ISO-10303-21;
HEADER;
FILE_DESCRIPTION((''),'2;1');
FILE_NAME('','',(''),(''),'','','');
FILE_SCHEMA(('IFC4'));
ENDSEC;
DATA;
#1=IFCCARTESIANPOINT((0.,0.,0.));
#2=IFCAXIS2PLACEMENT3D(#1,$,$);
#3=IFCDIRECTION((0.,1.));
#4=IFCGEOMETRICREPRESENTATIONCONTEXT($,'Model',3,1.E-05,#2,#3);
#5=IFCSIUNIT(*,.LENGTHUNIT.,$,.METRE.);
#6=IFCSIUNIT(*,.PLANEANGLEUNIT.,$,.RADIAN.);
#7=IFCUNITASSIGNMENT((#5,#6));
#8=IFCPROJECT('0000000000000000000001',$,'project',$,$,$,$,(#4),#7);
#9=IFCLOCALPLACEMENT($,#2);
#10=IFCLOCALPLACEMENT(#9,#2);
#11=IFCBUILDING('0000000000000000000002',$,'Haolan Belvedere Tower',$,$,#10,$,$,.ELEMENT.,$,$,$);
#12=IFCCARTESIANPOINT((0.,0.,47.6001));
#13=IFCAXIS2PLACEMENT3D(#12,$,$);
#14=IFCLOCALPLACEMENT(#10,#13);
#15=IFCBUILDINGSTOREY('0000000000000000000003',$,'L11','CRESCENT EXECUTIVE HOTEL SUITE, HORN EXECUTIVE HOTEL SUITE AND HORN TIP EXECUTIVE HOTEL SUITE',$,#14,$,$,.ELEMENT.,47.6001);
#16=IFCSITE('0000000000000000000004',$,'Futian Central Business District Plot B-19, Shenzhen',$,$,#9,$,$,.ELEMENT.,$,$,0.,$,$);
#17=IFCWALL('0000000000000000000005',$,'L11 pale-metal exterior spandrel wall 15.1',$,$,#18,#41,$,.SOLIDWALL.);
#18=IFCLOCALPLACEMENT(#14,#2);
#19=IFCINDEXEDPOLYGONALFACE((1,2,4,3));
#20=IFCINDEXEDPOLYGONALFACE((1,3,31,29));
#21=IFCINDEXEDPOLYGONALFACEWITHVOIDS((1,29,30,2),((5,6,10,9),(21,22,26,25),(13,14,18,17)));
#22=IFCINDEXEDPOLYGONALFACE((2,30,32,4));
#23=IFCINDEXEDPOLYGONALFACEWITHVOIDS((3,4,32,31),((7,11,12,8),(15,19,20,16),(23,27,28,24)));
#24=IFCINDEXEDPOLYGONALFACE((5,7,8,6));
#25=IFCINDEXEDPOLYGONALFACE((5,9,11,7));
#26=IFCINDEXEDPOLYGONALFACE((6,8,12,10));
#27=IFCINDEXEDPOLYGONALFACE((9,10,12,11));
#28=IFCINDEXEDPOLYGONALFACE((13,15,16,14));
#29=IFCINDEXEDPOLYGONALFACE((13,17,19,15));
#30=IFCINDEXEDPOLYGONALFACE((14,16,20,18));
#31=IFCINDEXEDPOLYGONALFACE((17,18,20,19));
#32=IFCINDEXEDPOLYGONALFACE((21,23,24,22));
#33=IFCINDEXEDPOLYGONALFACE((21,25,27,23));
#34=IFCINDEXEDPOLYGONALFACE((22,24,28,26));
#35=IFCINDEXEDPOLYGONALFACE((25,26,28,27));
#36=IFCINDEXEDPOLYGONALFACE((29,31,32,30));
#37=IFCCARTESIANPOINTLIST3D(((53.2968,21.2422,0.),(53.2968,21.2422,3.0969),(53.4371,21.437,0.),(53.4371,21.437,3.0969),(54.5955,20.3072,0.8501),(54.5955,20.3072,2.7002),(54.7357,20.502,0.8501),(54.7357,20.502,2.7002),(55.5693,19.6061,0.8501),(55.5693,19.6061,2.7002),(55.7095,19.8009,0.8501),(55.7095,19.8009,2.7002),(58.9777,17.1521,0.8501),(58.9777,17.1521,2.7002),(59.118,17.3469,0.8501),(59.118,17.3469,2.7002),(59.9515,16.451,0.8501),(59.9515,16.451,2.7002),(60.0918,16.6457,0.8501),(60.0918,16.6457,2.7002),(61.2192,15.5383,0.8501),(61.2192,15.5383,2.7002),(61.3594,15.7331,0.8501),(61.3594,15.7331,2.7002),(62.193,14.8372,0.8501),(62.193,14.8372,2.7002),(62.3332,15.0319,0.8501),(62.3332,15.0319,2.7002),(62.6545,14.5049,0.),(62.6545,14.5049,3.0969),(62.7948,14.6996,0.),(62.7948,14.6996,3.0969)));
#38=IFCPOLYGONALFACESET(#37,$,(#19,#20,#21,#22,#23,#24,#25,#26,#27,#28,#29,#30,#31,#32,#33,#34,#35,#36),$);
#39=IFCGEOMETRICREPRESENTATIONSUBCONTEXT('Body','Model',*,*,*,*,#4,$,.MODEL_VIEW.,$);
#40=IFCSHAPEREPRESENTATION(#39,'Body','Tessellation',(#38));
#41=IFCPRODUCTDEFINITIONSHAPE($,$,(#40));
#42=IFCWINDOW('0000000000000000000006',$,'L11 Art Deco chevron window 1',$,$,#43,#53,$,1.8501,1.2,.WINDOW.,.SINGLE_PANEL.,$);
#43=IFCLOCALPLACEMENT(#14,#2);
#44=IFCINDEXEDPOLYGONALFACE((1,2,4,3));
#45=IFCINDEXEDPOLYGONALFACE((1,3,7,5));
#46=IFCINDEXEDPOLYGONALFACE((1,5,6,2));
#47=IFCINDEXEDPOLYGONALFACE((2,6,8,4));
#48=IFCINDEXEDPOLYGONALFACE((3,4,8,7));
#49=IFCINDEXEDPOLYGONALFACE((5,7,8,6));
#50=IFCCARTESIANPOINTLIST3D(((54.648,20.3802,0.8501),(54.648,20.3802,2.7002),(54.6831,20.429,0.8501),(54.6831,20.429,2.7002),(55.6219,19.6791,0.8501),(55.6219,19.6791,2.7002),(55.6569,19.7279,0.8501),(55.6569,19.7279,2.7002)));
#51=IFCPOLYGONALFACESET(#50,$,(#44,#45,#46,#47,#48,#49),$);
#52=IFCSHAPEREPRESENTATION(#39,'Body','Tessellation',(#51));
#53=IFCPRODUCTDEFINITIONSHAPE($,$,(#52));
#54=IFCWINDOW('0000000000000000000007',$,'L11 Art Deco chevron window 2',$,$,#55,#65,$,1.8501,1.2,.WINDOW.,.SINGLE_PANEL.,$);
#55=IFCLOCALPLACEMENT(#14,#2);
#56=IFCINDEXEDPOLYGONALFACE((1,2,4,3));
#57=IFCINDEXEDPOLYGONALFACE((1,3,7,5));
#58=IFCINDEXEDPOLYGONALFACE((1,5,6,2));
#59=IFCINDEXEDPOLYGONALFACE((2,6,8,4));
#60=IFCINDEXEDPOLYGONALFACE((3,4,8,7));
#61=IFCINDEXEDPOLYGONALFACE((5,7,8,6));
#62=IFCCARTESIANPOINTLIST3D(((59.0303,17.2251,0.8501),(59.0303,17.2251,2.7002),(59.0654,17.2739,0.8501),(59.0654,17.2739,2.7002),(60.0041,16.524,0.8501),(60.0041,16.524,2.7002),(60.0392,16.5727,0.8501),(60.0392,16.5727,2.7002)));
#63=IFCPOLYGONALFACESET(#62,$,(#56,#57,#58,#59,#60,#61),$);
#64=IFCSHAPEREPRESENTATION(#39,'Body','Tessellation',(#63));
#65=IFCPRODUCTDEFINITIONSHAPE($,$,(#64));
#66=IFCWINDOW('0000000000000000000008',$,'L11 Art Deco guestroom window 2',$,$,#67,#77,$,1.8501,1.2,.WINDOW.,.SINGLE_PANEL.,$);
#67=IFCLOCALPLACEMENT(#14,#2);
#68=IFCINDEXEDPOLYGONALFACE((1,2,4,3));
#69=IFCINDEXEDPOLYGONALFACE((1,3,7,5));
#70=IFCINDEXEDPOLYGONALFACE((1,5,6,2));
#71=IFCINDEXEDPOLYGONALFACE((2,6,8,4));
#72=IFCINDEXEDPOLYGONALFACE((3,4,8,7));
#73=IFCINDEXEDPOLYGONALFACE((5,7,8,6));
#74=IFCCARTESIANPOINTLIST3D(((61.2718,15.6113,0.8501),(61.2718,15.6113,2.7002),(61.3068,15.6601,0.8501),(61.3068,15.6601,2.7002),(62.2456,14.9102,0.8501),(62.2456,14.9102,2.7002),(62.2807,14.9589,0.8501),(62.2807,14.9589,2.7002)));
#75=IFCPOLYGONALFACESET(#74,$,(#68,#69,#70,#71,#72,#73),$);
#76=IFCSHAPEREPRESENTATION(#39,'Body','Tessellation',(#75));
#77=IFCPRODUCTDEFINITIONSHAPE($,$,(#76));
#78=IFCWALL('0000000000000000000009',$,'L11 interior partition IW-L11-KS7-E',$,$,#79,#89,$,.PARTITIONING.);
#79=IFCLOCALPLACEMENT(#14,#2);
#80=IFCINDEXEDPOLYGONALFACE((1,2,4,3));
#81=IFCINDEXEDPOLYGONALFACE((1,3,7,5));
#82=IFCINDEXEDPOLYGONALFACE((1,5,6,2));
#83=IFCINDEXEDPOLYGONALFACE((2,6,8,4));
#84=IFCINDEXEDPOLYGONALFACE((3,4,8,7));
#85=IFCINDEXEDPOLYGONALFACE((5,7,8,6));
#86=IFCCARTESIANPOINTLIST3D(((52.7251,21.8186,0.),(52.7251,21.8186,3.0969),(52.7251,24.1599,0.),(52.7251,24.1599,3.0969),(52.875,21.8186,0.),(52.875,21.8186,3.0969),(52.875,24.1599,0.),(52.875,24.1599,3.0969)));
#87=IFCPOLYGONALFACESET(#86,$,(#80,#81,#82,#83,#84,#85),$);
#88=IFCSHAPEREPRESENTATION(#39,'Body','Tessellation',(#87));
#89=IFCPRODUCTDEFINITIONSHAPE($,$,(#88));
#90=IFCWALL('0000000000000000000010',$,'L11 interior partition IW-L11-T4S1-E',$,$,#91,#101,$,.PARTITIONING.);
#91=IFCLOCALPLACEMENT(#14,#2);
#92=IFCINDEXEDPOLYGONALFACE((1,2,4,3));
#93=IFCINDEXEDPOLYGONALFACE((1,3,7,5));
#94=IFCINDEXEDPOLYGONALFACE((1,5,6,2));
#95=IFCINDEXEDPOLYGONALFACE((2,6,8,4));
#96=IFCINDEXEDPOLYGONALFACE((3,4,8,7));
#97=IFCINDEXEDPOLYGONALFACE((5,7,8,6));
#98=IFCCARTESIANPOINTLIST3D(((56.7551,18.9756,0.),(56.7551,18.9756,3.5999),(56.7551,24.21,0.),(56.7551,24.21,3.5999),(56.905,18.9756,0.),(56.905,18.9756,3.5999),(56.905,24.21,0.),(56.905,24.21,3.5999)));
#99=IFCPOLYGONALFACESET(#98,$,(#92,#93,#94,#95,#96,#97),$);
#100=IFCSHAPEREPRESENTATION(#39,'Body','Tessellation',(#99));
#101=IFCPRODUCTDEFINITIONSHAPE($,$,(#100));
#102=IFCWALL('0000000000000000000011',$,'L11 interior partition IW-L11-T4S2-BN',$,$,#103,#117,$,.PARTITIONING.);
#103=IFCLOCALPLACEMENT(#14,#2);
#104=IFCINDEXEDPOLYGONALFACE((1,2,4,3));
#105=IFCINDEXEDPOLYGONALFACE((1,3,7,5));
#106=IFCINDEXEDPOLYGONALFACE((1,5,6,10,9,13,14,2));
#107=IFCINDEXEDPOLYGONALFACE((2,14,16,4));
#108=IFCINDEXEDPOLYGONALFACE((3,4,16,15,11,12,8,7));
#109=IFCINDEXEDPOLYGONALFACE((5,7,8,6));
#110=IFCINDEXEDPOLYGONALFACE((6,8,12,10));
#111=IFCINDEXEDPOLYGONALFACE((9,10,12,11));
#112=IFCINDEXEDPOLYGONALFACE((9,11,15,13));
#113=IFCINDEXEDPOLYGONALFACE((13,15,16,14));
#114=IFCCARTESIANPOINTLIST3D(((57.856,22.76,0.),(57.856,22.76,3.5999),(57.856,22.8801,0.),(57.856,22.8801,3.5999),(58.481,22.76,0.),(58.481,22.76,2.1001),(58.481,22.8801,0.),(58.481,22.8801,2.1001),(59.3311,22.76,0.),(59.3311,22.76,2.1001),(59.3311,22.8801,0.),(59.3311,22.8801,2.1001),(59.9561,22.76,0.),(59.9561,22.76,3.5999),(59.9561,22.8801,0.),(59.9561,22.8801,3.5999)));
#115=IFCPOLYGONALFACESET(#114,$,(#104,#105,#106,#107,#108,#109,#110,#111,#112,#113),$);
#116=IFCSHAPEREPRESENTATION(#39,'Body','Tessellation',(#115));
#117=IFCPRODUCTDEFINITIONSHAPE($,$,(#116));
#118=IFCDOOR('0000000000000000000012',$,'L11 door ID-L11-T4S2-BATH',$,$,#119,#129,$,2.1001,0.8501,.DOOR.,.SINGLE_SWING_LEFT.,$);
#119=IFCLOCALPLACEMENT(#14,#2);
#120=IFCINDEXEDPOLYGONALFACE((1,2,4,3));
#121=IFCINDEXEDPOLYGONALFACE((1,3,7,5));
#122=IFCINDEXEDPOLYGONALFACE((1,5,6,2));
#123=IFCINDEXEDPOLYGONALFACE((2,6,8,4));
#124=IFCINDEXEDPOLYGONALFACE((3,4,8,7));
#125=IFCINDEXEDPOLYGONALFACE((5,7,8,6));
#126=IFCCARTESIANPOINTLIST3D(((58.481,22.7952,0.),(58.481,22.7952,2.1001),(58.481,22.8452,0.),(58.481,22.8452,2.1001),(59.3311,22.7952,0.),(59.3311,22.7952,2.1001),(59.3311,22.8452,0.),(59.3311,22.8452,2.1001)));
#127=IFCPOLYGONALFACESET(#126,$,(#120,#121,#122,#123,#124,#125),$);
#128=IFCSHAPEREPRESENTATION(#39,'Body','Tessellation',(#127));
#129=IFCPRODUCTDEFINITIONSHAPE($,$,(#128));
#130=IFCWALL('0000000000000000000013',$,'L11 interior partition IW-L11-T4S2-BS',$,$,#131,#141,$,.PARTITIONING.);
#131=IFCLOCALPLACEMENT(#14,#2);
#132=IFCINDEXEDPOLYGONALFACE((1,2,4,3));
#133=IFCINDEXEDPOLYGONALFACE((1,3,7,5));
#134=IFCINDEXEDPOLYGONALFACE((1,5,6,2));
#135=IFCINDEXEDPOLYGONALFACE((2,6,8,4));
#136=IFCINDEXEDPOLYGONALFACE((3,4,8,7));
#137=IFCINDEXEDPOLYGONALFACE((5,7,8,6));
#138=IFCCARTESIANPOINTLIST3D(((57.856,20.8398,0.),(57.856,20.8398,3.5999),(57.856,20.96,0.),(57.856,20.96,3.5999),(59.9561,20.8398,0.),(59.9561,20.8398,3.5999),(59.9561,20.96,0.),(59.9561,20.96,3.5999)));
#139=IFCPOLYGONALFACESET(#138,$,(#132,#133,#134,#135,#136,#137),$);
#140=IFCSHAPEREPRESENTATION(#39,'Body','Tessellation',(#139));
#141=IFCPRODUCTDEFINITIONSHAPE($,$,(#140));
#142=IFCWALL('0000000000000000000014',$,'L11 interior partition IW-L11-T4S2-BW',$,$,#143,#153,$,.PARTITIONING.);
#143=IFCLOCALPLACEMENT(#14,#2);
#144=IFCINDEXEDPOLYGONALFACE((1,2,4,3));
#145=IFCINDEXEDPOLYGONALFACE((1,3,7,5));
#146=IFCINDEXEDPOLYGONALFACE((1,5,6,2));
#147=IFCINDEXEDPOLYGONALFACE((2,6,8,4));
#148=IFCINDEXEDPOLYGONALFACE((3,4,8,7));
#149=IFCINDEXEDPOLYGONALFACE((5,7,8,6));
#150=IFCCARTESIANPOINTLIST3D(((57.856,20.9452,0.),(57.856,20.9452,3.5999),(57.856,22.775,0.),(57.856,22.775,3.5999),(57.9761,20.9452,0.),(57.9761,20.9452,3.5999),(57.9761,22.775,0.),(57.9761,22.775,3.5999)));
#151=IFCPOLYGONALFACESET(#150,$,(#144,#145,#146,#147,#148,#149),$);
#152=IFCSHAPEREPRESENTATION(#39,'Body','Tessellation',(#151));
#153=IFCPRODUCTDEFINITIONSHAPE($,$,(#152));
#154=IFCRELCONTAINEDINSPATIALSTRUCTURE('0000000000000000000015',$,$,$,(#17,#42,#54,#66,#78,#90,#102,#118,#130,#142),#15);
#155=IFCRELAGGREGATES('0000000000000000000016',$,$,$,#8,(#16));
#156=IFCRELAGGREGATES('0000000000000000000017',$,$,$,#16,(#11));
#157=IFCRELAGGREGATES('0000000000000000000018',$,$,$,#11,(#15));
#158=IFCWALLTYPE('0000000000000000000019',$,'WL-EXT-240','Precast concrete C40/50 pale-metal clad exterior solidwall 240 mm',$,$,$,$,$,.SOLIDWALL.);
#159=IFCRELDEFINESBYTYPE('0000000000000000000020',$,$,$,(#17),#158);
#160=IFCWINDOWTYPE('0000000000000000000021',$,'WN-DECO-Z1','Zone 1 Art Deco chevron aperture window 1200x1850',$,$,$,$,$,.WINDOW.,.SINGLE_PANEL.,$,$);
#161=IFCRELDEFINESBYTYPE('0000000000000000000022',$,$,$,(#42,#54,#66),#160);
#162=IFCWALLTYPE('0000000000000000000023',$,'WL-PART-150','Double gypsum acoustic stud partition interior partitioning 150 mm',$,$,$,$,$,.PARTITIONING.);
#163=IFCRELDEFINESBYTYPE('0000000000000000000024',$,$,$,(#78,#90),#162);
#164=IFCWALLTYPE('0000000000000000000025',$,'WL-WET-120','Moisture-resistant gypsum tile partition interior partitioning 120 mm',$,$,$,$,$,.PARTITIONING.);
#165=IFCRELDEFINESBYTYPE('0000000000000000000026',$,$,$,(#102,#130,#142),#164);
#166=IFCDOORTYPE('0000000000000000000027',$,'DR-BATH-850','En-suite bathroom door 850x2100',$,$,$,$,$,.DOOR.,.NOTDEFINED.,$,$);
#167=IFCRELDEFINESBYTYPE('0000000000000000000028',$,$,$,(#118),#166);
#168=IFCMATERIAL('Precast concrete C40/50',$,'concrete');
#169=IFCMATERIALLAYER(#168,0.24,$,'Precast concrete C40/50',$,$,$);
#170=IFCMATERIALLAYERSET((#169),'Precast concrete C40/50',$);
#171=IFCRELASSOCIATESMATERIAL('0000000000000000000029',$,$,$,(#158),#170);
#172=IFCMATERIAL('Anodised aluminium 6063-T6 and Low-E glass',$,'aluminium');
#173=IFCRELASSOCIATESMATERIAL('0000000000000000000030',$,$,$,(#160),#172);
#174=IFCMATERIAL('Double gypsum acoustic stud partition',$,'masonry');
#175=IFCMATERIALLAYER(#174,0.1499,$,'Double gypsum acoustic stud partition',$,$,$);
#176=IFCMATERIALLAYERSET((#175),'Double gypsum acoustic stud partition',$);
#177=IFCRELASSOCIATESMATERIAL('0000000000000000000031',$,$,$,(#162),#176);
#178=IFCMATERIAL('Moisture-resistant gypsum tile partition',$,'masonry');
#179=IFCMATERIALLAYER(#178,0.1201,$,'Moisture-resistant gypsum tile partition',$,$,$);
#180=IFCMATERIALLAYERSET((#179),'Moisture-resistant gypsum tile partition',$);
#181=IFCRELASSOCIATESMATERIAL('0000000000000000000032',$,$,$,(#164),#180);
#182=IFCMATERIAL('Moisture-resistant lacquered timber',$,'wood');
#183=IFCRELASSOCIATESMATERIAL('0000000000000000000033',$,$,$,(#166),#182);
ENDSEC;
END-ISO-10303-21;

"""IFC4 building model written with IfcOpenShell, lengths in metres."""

from ifc_helpers import new_model, si_unit, direction, frame, frame_2d, origin, place, context, subcontext, project, spatial, rectangle, extrude, material, layer, layer_set, type_object, element, fill, save


model = new_model("IFC4")

# Units and contexts
model_context = context("Model", 3, precision=1e-05, world=origin(), true_north=direction((0.0, 1.0)))
body_context = subcontext(model_context, "Body", "Model", "MODEL_VIEW")
ifc_project = project(units=[si_unit("LENGTHUNIT", "METRE"), si_unit("PLANEANGLEUNIT", "RADIAN")], contexts=[model_context])

# Site, building, storey
site_placement = place(None, origin())
site = spatial("IfcSite", under=ifc_project, at=site_placement, Name="Futian Central Business District Plot B-19, Shenzhen", CompositionType="ELEMENT", RefElevation=0.0)
building_placement = place(site_placement, origin())
building = spatial("IfcBuilding", under=site, at=building_placement, Name="Haolan Belvedere Tower", CompositionType="ELEMENT")
storey_placement = place(building_placement, frame((0.0, 0.0, 47.6001)))
storey = spatial("IfcBuildingStorey", under=building, at=storey_placement, Name="L11", Description="CRESCENT EXECUTIVE HOTEL SUITE, HORN EXECUTIVE HOTEL SUITE AND HORN TIP EXECUTIVE HOTEL SUITE", CompositionType="ELEMENT", Elevation=47.6001)

# Wall, openings, windows
ifc_material_1 = material(Name="Precast concrete C40/50", Category="concrete")
ifc_layer_1 = layer(ifc_material_1, 0.24, Name="Precast concrete C40/50")
ifc_layer_set_1 = layer_set([ifc_layer_1], Name="Precast concrete C40/50")
wall_type_1 = type_object("IfcWallType", Name="WL-EXT-240", Description="Precast concrete C40/50 pale-metal clad exterior solidwall 240 mm", PredefinedType="SOLIDWALL", material=ifc_layer_set_1)
wall_1_placement = place(storey_placement, frame((53.3669, 21.3396, 0.0), z_axis=(0.0, 0.0, 1.0), x_axis=(0.811543, -0.584292, 0.0)))
wall_1 = element("IfcWall", 1, at=wall_1_placement, inside=storey, type_object=wall_type_1, Name="L11 pale-metal exterior spandrel wall 15.1", PredefinedType="SOLIDWALL", context=body_context, shape_type="SweptSolid", body=[
    extrude(rectangle(XDim=11.5308, YDim=0.24, at=frame_2d((5.7654, 0.0))), origin(), (0.0, 0.0, 1.0), 3.0969),
])
opening_1_placement = place(wall_1_placement, frame((1.6001, 0.0, 0.8501)))
opening_1 = element("IfcOpeningElement", 2, at=opening_1_placement, cuts=wall_1, PredefinedType="OPENING", context=body_context, shape_type="SweptSolid", body=[
    extrude(rectangle(XDim=1.2, YDim=1.8501, at=frame_2d((0.6001, 0.925))), frame((0.0, 0.1299, 0.0), z_axis=(0.0, -1.0, 0.0), x_axis=(1.0, 0.0, 0.0)), (0.0, 0.0, 1.0), 0.26),
])
opening_2_placement = place(wall_1_placement, frame((7.0, 0.0, 0.8501)))
opening_2 = element("IfcOpeningElement", 3, at=opening_2_placement, cuts=wall_1, PredefinedType="OPENING", context=body_context, shape_type="SweptSolid", body=[
    extrude(rectangle(XDim=1.2, YDim=1.8501, at=frame_2d((0.6001, 0.925))), frame((0.0, 0.1299, 0.0), z_axis=(0.0, -1.0, 0.0), x_axis=(1.0, 0.0, 0.0)), (0.0, 0.0, 1.0), 0.26),
])
opening_3_placement = place(wall_1_placement, frame((9.762, 0.0, 0.8501)))
opening_3 = element("IfcOpeningElement", 4, at=opening_3_placement, cuts=wall_1, PredefinedType="OPENING", context=body_context, shape_type="SweptSolid", body=[
    extrude(rectangle(XDim=1.2, YDim=1.8501, at=frame_2d((0.6001, 0.925))), frame((0.0, 0.1299, 0.0), z_axis=(0.0, -1.0, 0.0), x_axis=(1.0, 0.0, 0.0)), (0.0, 0.0, 1.0), 0.26),
])
ifc_material_2 = material(Name="Anodised aluminium 6063-T6 and Low-E glass", Category="aluminium")
window_type = type_object("IfcWindowType", Name="WN-DECO-Z1", Description="Zone 1 Art Deco chevron aperture window 1200x1850", PartitioningType="SINGLE_PANEL", PredefinedType="WINDOW", material=ifc_material_2)
window_1_placement = place(opening_1_placement, origin())
window_1 = element("IfcWindow", 5, at=window_1_placement, inside=storey, type_object=window_type, Name="L11 Art Deco chevron window 1", OverallHeight=1.8501, OverallWidth=1.2, PartitioningType="SINGLE_PANEL", PredefinedType="WINDOW", context=body_context, shape_type="SweptSolid", body=[
    extrude(rectangle(XDim=1.2, YDim=1.8501, at=frame_2d((0.6001, 0.925))), frame((0.0, 0.03, 0.0), z_axis=(0.0, -1.0, 0.0), x_axis=(1.0, 0.0, 0.0)), (0.0, 0.0, 1.0), 0.0601),
])
fill(opening_1, window_1)
window_2_placement = place(opening_2_placement, origin())
window_2 = element("IfcWindow", 6, at=window_2_placement, inside=storey, type_object=window_type, Name="L11 Art Deco chevron window 2", OverallHeight=1.8501, OverallWidth=1.2, PartitioningType="SINGLE_PANEL", PredefinedType="WINDOW", context=body_context, shape_type="SweptSolid", body=[
    extrude(rectangle(XDim=1.2, YDim=1.8501, at=frame_2d((0.6001, 0.925))), frame((0.0, 0.03, 0.0), z_axis=(0.0, -1.0, 0.0), x_axis=(1.0, 0.0, 0.0)), (0.0, 0.0, 1.0), 0.0601),
])
fill(opening_2, window_2)
window_3_placement = place(opening_3_placement, origin())
window_3 = element("IfcWindow", 7, at=window_3_placement, inside=storey, type_object=window_type, Name="L11 Art Deco guestroom window 2", OverallHeight=1.8501, OverallWidth=1.2, PartitioningType="SINGLE_PANEL", PredefinedType="WINDOW", context=body_context, shape_type="SweptSolid", body=[
    extrude(rectangle(XDim=1.2, YDim=1.8501, at=frame_2d((0.6001, 0.925))), frame((0.0, 0.03, 0.0), z_axis=(0.0, -1.0, 0.0), x_axis=(1.0, 0.0, 0.0)), (0.0, 0.0, 1.0), 0.0601),
])
fill(opening_3, window_3)

# Wall
ifc_material_3 = material(Name="Double gypsum acoustic stud partition", Category="masonry")
ifc_layer_2 = layer(ifc_material_3, 0.1499, Name="Double gypsum acoustic stud partition")
ifc_layer_set_2 = layer_set([ifc_layer_2], Name="Double gypsum acoustic stud partition")
wall_type_2 = type_object("IfcWallType", Name="WL-PART-150", Description="Double gypsum acoustic stud partition interior partitioning 150 mm", PredefinedType="PARTITIONING", material=ifc_layer_set_2)
wall_2_placement = place(storey_placement, frame((52.8, 21.8186, 0.0), z_axis=(0.0, 0.0, 1.0), x_axis=(0.0, 1.0, 0.0)))
element("IfcWall", 8, at=wall_2_placement, inside=storey, type_object=wall_type_2, Name="L11 interior partition IW-L11-KS7-E", PredefinedType="PARTITIONING", context=body_context, shape_type="SweptSolid", body=[
    extrude(rectangle(XDim=2.3413, YDim=0.1499, at=frame_2d((1.1707, 0.0))), origin(), (0.0, 0.0, 1.0), 3.0969),
])

# Wall
wall_3_placement = place(storey_placement, frame((56.8301, 18.9756, 0.0), z_axis=(0.0, 0.0, 1.0), x_axis=(0.0, 1.0, 0.0)))
element("IfcWall", 9, at=wall_3_placement, inside=storey, type_object=wall_type_2, Name="L11 interior partition IW-L11-T4S1-E", PredefinedType="PARTITIONING", context=body_context, shape_type="SweptSolid", body=[
    extrude(rectangle(XDim=5.2344, YDim=0.1499, at=frame_2d((2.6172, 0.0))), origin(), (0.0, 0.0, 1.0), 3.5999),
])

# Wall, opening, door
ifc_material_4 = material(Name="Moisture-resistant gypsum tile partition", Category="masonry")
ifc_layer_3 = layer(ifc_material_4, 0.1201, Name="Moisture-resistant gypsum tile partition")
ifc_layer_set_3 = layer_set([ifc_layer_3], Name="Moisture-resistant gypsum tile partition")
wall_type_3 = type_object("IfcWallType", Name="WL-WET-120", Description="Moisture-resistant gypsum tile partition interior partitioning 120 mm", PredefinedType="PARTITIONING", material=ifc_layer_set_3)
wall_4_placement = place(storey_placement, frame((57.856, 22.8201, 0.0), z_axis=(0.0, 0.0, 1.0), x_axis=(1.0, 0.0, 0.0)))
wall_4 = element("IfcWall", 10, at=wall_4_placement, inside=storey, type_object=wall_type_3, Name="L11 interior partition IW-L11-T4S2-BN", PredefinedType="PARTITIONING", context=body_context, shape_type="SweptSolid", body=[
    extrude(rectangle(XDim=2.1001, YDim=0.1201, at=frame_2d((1.05, 0.0))), origin(), (0.0, 0.0, 1.0), 3.5999),
])
opening_4_placement = place(wall_4_placement, frame((1.4751, 0.0, 0.0), z_axis=(0.0, 0.0, 1.0), x_axis=(-1.0, 0.0, 0.0)))
opening_4 = element("IfcOpeningElement", 11, at=opening_4_placement, cuts=wall_4, PredefinedType="OPENING", context=body_context, shape_type="SweptSolid", body=[
    extrude(rectangle(XDim=0.8501, YDim=2.1001, at=frame_2d((0.425, 1.05))), frame((0.0, 0.0701, 0.0), z_axis=(0.0, -1.0, 0.0), x_axis=(1.0, 0.0, 0.0)), (0.0, 0.0, 1.0), 0.1401),
])
ifc_material_5 = material(Name="Moisture-resistant lacquered timber", Category="wood")
door_type_1 = type_object("IfcDoorType", Name="DR-BATH-850", Description="En-suite bathroom door 850x2100", OperationType="NOTDEFINED", PredefinedType="DOOR", material=ifc_material_5)
door_1_placement = place(opening_4_placement, origin())
door_1 = element("IfcDoor", 12, at=door_1_placement, inside=storey, type_object=door_type_1, Name="L11 door ID-L11-T4S2-BATH", OperationType="SINGLE_SWING_LEFT", OverallHeight=2.1001, OverallWidth=0.8501, PredefinedType="DOOR", context=body_context, shape_type="SweptSolid", body=[
    extrude(rectangle(XDim=0.8501, YDim=2.1001, at=frame_2d((0.425, 1.05))), frame((0.0, 0.0249, 0.0), z_axis=(0.0, -1.0, 0.0), x_axis=(1.0, 0.0, 0.0)), (0.0, 0.0, 1.0), 0.05),
])
fill(opening_4, door_1)

# Walls
wall_5_placement = place(storey_placement, frame((57.856, 20.8999, 0.0), z_axis=(0.0, 0.0, 1.0), x_axis=(1.0, 0.0, 0.0)))
element("IfcWall", 13, at=wall_5_placement, inside=storey, type_object=wall_type_3, Name="L11 interior partition IW-L11-T4S2-BS", PredefinedType="PARTITIONING", context=body_context, shape_type="SweptSolid", body=[
    extrude(rectangle(XDim=2.1001, YDim=0.1201, at=frame_2d((1.05, 0.0))), origin(), (0.0, 0.0, 1.0), 3.5999),
])
wall_6_placement = place(storey_placement, frame((57.916, 20.9451, 0.0), z_axis=(0.0, 0.0, 1.0), x_axis=(0.0, 1.0, 0.0)))
element("IfcWall", 14, at=wall_6_placement, inside=storey, type_object=wall_type_3, Name="L11 interior partition IW-L11-T4S2-BW", PredefinedType="PARTITIONING", context=body_context, shape_type="SweptSolid", body=[
    extrude(rectangle(XDim=1.8298, YDim=0.1201, at=frame_2d((0.915, 0.0))), origin(), (0.0, 0.0, 1.0), 3.5999),
])

save(model, "model.ifc")
